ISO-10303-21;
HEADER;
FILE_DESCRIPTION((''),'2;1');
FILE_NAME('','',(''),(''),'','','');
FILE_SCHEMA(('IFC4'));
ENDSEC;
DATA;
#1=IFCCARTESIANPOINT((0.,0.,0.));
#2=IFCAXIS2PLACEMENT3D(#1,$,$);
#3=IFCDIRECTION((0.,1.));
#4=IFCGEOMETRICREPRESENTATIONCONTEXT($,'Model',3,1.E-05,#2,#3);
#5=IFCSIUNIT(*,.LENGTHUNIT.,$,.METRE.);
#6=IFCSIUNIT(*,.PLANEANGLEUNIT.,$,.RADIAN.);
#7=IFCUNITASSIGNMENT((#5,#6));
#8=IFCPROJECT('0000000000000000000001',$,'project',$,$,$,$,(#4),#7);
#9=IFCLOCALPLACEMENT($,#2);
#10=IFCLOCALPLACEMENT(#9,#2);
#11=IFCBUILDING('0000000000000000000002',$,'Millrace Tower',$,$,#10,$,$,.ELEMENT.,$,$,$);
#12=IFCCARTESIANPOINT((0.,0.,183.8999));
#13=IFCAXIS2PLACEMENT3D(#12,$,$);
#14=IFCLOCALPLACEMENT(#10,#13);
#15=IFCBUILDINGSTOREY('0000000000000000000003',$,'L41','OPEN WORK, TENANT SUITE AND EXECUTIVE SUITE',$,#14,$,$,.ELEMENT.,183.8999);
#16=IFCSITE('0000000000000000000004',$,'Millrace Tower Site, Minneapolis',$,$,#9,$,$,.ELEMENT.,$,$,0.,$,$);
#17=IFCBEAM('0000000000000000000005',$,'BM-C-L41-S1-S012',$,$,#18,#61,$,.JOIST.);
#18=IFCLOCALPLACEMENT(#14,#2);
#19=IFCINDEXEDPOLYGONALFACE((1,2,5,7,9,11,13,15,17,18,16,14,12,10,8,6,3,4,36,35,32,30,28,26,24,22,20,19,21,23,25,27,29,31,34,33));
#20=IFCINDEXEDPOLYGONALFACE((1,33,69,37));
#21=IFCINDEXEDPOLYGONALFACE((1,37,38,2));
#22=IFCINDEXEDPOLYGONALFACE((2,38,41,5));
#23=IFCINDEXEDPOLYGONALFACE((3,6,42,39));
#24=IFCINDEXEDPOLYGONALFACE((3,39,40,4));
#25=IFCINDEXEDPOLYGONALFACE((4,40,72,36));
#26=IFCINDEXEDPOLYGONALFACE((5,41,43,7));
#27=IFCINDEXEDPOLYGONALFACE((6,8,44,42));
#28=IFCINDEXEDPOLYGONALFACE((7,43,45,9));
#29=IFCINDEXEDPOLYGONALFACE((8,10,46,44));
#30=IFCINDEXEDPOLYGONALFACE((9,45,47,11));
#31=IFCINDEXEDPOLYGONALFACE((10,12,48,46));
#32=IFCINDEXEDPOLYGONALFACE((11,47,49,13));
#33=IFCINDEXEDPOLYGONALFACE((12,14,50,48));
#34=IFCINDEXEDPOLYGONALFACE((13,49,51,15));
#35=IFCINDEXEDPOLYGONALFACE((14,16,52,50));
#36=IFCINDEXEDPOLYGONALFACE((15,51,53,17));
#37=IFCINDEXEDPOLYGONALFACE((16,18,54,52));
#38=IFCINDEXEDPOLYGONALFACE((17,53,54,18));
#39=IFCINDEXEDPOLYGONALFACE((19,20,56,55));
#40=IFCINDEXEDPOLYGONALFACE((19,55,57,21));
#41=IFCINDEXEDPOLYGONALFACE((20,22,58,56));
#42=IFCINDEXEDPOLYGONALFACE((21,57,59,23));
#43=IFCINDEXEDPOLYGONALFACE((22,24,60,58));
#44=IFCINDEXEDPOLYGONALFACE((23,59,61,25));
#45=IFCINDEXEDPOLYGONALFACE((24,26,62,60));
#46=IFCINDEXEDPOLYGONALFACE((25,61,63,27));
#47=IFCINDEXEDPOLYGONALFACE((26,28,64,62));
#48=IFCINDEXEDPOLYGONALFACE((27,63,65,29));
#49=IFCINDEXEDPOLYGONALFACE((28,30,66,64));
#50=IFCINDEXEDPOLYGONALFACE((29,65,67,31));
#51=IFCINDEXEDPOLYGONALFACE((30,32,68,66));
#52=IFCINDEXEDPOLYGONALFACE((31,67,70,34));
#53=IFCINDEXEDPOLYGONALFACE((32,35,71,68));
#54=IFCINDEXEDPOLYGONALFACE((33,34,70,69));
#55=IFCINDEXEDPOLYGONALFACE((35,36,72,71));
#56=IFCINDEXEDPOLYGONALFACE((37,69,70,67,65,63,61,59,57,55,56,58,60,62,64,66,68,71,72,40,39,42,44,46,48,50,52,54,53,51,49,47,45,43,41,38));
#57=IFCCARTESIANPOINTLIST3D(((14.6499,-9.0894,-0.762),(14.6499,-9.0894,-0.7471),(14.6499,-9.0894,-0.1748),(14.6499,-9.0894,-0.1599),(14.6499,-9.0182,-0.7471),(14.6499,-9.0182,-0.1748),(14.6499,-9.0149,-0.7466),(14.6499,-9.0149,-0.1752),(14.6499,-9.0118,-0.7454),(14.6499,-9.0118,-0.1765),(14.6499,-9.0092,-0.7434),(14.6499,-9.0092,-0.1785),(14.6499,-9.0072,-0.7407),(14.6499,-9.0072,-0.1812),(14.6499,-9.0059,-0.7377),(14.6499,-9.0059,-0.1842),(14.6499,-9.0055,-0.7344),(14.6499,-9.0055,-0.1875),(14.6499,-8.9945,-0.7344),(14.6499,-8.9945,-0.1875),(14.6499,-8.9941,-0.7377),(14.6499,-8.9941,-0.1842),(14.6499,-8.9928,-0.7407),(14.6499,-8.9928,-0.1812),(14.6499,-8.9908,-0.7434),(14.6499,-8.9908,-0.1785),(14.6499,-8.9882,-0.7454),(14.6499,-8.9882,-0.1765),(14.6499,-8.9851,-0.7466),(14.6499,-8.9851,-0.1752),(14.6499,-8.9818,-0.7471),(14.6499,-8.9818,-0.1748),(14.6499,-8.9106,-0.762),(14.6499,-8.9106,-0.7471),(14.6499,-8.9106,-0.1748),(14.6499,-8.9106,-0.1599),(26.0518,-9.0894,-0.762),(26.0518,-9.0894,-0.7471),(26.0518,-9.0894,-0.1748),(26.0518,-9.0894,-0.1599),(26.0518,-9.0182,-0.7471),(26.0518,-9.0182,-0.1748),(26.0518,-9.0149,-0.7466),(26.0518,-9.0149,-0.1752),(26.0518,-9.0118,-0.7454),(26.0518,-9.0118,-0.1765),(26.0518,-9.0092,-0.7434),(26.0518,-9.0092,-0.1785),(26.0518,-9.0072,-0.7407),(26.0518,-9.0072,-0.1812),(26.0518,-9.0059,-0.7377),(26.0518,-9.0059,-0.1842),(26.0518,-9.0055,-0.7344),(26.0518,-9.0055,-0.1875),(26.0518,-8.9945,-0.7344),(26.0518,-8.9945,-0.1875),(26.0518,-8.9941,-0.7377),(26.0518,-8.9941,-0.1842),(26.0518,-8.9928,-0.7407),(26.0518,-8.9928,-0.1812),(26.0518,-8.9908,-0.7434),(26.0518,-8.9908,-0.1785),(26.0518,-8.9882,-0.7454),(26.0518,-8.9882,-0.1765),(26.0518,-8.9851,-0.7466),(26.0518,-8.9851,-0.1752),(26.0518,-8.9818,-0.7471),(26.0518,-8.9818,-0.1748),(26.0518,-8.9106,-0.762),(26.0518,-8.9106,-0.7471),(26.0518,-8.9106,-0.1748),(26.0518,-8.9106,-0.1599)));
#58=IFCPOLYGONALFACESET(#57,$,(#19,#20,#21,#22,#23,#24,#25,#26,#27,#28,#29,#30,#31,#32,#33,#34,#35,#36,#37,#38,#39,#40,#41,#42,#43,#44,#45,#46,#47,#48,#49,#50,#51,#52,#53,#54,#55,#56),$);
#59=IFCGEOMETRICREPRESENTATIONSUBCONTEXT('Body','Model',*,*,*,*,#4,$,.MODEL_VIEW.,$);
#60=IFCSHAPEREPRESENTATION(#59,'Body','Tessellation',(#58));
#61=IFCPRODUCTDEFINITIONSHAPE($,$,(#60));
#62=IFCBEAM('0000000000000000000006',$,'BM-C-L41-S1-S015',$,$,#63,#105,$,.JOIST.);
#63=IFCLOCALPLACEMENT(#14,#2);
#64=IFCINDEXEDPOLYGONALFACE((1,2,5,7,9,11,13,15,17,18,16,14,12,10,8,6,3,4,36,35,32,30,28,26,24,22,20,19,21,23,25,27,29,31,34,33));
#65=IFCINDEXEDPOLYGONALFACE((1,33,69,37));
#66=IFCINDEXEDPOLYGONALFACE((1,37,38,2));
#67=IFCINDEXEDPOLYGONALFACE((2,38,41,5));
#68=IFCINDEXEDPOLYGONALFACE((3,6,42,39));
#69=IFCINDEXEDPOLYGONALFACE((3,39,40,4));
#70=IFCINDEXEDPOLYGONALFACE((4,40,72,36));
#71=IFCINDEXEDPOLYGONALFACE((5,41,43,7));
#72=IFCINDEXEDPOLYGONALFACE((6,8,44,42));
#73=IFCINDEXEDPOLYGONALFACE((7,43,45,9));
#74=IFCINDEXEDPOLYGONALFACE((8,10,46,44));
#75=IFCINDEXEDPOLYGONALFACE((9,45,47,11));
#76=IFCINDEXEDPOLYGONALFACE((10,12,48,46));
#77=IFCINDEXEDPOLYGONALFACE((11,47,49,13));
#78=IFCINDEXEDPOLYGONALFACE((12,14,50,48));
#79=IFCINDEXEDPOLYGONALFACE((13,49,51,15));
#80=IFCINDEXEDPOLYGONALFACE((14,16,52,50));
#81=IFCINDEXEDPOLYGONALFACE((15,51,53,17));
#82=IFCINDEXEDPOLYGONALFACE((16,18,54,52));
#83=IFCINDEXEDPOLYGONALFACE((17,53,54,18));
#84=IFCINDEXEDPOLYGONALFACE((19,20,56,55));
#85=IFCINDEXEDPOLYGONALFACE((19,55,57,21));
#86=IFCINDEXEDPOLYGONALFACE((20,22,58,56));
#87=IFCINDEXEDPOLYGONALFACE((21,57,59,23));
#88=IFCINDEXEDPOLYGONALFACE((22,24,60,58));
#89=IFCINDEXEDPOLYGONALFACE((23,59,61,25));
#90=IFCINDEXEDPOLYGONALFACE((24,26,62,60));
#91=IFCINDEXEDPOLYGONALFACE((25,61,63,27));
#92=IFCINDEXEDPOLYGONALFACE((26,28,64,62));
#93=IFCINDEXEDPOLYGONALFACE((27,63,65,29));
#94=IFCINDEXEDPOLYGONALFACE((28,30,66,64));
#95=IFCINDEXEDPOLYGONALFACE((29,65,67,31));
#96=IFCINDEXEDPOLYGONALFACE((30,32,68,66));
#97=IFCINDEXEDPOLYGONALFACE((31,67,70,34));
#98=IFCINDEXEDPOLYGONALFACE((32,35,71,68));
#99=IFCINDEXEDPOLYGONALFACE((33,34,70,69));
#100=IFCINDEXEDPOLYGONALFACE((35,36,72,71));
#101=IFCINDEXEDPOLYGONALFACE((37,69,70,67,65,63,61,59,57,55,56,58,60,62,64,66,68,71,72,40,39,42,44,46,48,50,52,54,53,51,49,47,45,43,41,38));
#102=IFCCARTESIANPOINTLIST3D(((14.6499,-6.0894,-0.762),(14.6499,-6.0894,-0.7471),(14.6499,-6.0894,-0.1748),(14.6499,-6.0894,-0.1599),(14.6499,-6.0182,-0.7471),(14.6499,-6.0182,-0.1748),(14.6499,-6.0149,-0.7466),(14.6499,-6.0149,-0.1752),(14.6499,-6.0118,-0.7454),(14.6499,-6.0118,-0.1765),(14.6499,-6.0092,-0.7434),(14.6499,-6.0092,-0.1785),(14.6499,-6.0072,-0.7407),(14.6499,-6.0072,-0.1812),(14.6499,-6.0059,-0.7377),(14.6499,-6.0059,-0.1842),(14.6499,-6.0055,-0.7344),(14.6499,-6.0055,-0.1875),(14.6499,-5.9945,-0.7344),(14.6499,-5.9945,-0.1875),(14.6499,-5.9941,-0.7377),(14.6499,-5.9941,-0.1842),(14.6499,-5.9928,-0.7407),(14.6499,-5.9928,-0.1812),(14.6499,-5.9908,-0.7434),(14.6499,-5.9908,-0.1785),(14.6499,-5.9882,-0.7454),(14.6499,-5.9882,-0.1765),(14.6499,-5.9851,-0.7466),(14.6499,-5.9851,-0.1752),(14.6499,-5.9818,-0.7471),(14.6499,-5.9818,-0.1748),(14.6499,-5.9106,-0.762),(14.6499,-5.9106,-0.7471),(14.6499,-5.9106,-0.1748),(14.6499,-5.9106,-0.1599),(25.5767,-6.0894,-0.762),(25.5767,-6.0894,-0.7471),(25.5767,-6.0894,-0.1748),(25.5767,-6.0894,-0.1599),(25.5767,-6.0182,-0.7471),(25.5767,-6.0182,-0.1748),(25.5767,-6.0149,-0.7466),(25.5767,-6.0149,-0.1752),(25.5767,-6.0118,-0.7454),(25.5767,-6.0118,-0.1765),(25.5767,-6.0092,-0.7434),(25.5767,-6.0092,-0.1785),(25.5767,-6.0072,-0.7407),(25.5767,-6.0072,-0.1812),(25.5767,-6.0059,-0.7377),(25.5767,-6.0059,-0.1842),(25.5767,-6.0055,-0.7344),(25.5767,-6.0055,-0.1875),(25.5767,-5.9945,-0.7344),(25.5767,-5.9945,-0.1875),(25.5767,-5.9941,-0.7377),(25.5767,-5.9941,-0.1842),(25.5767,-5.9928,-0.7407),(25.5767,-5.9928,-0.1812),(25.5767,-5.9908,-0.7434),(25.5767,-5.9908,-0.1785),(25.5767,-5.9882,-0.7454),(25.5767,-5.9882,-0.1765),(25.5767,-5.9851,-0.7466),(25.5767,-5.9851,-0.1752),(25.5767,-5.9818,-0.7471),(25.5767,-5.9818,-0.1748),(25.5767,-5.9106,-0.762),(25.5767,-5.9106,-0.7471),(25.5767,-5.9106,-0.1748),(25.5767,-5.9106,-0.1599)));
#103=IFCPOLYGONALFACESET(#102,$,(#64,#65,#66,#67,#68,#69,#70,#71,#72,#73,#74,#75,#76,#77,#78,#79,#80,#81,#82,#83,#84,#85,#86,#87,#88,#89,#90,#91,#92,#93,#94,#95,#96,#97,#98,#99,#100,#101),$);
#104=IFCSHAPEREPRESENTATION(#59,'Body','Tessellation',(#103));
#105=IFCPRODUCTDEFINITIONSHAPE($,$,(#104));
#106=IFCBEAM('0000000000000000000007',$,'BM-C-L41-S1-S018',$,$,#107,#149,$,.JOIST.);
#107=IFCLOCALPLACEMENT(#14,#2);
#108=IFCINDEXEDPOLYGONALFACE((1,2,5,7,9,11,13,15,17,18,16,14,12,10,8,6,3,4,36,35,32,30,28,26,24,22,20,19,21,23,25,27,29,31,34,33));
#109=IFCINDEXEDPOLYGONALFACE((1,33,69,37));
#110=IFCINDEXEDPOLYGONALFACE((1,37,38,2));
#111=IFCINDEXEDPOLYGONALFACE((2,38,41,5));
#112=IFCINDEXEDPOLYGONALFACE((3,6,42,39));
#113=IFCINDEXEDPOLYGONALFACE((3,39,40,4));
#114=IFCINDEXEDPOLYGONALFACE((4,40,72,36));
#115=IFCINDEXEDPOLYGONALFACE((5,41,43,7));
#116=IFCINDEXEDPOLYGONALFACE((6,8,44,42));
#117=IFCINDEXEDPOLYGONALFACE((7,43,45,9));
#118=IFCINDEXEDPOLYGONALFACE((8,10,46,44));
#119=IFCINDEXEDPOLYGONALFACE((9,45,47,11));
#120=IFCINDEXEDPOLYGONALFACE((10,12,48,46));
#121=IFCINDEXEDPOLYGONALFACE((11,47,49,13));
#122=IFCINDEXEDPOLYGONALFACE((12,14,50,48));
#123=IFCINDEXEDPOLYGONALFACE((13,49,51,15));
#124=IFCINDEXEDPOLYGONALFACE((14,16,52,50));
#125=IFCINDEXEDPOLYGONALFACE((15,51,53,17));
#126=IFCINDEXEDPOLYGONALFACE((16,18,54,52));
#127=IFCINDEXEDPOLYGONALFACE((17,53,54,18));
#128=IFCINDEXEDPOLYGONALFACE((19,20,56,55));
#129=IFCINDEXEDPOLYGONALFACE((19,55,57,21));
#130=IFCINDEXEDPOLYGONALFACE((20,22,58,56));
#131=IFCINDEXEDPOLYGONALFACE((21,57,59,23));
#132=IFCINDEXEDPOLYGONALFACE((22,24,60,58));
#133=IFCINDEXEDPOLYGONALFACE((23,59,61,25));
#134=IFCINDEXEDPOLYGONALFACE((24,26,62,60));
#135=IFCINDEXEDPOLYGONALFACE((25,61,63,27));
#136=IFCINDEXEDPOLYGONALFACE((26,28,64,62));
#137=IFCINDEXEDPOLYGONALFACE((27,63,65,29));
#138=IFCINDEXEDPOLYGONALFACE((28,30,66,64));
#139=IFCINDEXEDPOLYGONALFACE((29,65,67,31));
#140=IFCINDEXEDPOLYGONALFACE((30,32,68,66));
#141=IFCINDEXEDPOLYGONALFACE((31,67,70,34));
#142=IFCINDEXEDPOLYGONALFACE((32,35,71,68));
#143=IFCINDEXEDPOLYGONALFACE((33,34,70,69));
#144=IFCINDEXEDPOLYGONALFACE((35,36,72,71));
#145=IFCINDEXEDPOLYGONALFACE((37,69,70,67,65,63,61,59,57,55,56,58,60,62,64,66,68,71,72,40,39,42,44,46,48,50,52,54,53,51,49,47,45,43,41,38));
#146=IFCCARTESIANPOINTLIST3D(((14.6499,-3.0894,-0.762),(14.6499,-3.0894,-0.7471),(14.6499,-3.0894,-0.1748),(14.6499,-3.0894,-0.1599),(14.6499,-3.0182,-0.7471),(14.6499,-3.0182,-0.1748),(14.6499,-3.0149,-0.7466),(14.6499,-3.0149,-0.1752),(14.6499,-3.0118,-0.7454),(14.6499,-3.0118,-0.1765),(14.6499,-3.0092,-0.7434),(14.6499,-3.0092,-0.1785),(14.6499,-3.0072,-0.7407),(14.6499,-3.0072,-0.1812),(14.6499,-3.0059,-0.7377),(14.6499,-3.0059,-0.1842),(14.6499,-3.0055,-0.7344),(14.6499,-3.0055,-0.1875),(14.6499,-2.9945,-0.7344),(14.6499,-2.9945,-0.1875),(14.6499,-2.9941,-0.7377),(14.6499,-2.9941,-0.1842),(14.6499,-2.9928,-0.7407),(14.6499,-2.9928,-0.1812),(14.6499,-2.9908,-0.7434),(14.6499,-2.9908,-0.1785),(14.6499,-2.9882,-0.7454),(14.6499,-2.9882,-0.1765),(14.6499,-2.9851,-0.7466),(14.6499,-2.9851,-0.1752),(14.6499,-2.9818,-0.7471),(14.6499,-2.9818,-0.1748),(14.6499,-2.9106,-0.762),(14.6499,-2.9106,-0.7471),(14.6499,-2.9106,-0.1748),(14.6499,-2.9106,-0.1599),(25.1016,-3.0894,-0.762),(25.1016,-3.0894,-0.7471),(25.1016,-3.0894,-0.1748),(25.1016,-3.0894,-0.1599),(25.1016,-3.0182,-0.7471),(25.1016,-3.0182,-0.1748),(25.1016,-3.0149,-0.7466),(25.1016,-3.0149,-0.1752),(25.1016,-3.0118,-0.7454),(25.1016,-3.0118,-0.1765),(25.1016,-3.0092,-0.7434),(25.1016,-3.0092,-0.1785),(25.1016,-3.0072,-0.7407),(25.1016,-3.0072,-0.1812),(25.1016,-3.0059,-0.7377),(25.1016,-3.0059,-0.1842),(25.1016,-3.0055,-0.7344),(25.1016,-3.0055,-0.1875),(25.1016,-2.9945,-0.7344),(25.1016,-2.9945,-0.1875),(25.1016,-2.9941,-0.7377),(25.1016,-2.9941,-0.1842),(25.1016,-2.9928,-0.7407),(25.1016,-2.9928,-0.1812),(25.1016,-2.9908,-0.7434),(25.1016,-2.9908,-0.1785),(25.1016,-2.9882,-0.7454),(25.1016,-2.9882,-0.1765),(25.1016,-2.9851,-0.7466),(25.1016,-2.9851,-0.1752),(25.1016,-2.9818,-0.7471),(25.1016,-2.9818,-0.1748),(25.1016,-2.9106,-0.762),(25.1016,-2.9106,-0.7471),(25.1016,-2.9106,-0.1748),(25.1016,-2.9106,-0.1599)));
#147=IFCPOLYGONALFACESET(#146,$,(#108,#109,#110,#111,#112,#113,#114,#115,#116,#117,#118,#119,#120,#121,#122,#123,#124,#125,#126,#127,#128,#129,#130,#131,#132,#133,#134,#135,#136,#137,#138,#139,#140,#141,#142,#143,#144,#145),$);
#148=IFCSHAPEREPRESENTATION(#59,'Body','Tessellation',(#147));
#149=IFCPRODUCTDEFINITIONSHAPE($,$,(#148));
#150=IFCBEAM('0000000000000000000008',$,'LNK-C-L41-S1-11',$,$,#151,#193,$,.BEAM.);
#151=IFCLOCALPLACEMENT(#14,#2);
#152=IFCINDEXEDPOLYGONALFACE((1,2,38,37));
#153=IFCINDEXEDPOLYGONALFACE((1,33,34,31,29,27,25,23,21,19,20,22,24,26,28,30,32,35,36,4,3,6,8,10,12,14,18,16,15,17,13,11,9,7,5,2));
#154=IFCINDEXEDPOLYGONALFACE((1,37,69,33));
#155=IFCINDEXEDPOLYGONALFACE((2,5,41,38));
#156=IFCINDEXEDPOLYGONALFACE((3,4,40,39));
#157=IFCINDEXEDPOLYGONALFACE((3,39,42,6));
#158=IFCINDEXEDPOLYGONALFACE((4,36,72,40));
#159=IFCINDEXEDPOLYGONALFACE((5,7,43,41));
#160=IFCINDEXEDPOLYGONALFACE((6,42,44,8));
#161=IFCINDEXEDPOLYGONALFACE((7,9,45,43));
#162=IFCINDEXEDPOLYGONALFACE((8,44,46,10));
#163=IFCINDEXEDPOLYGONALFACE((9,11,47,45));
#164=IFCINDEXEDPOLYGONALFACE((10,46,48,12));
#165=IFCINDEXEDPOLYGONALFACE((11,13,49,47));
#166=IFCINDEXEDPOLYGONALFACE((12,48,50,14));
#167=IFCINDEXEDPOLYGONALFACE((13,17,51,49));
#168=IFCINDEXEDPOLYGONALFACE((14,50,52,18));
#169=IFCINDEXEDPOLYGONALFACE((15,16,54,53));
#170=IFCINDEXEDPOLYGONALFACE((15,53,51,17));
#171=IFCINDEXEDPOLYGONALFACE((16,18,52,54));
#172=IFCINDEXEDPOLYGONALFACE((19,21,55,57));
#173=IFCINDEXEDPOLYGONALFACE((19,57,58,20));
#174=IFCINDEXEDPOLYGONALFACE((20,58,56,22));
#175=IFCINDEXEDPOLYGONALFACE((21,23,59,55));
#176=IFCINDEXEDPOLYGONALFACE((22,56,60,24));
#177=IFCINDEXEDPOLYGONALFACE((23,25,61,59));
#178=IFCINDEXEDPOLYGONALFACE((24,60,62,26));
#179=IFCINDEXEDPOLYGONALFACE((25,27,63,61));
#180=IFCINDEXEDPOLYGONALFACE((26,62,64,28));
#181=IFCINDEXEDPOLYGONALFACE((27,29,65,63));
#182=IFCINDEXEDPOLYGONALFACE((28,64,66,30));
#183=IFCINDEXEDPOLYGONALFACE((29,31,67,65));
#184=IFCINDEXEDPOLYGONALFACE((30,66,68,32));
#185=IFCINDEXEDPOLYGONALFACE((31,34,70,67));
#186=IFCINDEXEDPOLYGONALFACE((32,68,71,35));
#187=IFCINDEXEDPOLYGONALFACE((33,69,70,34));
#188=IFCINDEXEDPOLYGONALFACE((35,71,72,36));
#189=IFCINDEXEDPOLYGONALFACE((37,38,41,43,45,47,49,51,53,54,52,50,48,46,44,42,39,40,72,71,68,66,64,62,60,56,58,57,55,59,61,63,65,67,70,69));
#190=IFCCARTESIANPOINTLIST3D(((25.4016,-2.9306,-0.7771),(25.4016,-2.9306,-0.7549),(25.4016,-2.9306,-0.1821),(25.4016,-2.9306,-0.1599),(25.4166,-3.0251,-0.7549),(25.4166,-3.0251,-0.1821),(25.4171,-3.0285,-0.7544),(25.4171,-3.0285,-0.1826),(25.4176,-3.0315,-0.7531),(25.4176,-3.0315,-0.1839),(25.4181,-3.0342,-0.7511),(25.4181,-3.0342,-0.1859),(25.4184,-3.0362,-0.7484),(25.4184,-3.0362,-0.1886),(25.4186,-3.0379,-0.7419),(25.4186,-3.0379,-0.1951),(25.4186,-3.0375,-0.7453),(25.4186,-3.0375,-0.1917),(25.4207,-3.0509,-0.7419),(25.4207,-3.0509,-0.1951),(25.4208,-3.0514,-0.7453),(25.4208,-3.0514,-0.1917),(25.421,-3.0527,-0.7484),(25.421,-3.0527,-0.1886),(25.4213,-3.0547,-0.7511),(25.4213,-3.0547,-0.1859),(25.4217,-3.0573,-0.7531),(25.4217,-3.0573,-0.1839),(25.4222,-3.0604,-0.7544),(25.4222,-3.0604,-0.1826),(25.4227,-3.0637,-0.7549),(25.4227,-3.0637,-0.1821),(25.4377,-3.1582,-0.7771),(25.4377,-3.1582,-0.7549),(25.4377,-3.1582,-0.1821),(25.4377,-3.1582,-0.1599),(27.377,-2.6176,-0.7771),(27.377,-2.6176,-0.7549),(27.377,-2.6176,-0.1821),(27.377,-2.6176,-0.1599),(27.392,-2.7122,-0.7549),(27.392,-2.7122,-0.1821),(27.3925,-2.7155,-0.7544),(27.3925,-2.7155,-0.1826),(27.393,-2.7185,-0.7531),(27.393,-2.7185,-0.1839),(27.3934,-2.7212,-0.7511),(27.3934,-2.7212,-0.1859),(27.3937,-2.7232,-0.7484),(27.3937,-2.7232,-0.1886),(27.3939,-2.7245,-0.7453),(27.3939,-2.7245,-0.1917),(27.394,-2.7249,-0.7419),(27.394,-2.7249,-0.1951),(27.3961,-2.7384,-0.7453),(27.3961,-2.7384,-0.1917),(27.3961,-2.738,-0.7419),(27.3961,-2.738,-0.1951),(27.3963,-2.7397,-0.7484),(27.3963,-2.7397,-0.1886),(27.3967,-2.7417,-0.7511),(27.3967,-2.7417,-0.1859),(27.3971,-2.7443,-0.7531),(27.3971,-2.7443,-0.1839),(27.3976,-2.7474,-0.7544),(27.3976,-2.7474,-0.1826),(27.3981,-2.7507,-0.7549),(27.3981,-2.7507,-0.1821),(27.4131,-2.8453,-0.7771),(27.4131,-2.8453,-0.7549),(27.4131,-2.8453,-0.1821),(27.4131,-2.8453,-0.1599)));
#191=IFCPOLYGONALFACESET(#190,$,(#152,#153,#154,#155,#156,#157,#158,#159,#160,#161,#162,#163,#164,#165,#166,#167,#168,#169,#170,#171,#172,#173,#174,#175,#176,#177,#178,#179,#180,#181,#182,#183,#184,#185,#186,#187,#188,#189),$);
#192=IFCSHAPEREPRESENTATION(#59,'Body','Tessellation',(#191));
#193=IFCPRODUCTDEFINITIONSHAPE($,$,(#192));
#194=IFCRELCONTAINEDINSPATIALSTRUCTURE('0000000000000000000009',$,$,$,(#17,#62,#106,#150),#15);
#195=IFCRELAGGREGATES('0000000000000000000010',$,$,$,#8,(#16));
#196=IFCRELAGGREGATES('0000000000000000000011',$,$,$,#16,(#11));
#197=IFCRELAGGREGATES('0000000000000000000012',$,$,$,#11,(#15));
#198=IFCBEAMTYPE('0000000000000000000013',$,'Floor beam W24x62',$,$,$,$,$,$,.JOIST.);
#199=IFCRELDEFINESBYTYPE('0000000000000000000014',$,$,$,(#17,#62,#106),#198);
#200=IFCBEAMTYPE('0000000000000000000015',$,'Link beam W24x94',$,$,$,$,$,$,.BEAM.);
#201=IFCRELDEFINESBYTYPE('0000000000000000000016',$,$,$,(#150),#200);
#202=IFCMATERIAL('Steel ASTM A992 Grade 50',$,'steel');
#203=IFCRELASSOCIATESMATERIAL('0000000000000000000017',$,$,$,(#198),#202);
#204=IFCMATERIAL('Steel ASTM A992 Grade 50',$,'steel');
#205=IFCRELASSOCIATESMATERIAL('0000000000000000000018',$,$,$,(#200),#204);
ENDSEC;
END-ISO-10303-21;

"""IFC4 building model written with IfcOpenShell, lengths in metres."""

from ifc_helpers import new_model, si_unit, direction, frame, origin, origin_2d, place, context, subcontext, project, spatial, i_section, extrude, material, material_profile, profile_set, type_object, element, save


model = new_model("IFC4")

# Units and contexts
model_context = context("Model", 3, precision=1e-05, world=origin(), true_north=direction((0.0, 1.0)))
body_context = subcontext(model_context, "Body", "Model", "MODEL_VIEW")
ifc_project = project(units=[si_unit("LENGTHUNIT", "METRE"), si_unit("PLANEANGLEUNIT", "RADIAN")], contexts=[model_context])

# Site, building, storey
site_placement = place(None, origin())
site = spatial("IfcSite", under=ifc_project, at=site_placement, Name="Millrace Tower Site, Minneapolis", CompositionType="ELEMENT", RefElevation=0.0)
building_placement = place(site_placement, origin())
building = spatial("IfcBuilding", under=site, at=building_placement, Name="Millrace Tower", CompositionType="ELEMENT")
storey_placement = place(building_placement, frame((0.0, 0.0, 183.8999)))
storey = spatial("IfcBuildingStorey", under=building, at=storey_placement, Name="L41", Description="OPEN WORK, TENANT SUITE AND EXECUTIVE SUITE", CompositionType="ELEMENT", Elevation=183.8999)

# Beams
ifc_material_1 = material(Name="Steel ASTM A992 Grade 50", Category="steel")
ifc_material_profile_1 = material_profile(ifc_material_1, i_section(OverallWidth=0.1787, OverallDepth=0.6021, WebThickness=0.011, FlangeThickness=0.0149, FilletRadius=0.0127, at=origin_2d()))
ifc_profile_set_1 = profile_set([ifc_material_profile_1], Name="Steel ASTM A992 Grade 50")
beam_type_1 = type_object("IfcBeamType", Name="Floor beam W24x62", PredefinedType="JOIST", material=ifc_profile_set_1)
beam_1_placement = place(storey_placement, frame((14.6499, -9.0, -0.4609), z_axis=(1.0, 0.0, 0.0), x_axis=(0.0, 1.0, 0.0)))
element("IfcBeam", 1, at=beam_1_placement, inside=storey, type_object=beam_type_1, Name="BM-C-L41-S1-S012", PredefinedType="JOIST", context=body_context, shape_type="SweptSolid", body=[
    extrude(i_section(OverallWidth=0.1787, OverallDepth=0.6021, WebThickness=0.011, FlangeThickness=0.0149, FilletRadius=0.0127, at=origin_2d()), origin(), (0.0, 0.0, 1.0), 11.4019),
])
beam_2_placement = place(storey_placement, frame((14.6499, -6.0, -0.4609), z_axis=(1.0, 0.0, 0.0), x_axis=(0.0, 1.0, 0.0)))
element("IfcBeam", 2, at=beam_2_placement, inside=storey, type_object=beam_type_1, Name="BM-C-L41-S1-S015", PredefinedType="JOIST", context=body_context, shape_type="SweptSolid", body=[
    extrude(i_section(OverallWidth=0.1787, OverallDepth=0.6021, WebThickness=0.011, FlangeThickness=0.0149, FilletRadius=0.0127, at=origin_2d()), origin(), (0.0, 0.0, 1.0), 10.9268),
])
beam_3_placement = place(storey_placement, frame((14.6499, -3.0, -0.4609), z_axis=(1.0, 0.0, 0.0), x_axis=(0.0, 1.0, 0.0)))
element("IfcBeam", 3, at=beam_3_placement, inside=storey, type_object=beam_type_1, Name="BM-C-L41-S1-S018", PredefinedType="JOIST", context=body_context, shape_type="SweptSolid", body=[
    extrude(i_section(OverallWidth=0.1787, OverallDepth=0.6021, WebThickness=0.011, FlangeThickness=0.0149, FilletRadius=0.0127, at=origin_2d()), origin(), (0.0, 0.0, 1.0), 10.4517),
])
ifc_material_2 = material(Name="Steel ASTM A992 Grade 50", Category="steel")
ifc_material_profile_2 = material_profile(ifc_material_2, i_section(OverallWidth=0.2305, OverallDepth=0.6172, WebThickness=0.0132, FlangeThickness=0.0222, FilletRadius=0.0129, at=origin_2d()))
ifc_profile_set_2 = profile_set([ifc_material_profile_2], Name="Steel ASTM A992 Grade 50")
beam_type_2 = type_object("IfcBeamType", Name="Link beam W24x94", PredefinedType="BEAM", material=ifc_profile_set_2)
beam_4_placement = place(storey_placement, frame((25.4197, -3.0444, -0.4685), z_axis=(0.987679, 0.156495, 0.0), x_axis=(-0.156495, 0.987679, 0.0)))
element("IfcBeam", 4, at=beam_4_placement, inside=storey, type_object=beam_type_2, Name="LNK-C-L41-S1-11", PredefinedType="BEAM", context=body_context, shape_type="SweptSolid", body=[
    extrude(i_section(OverallWidth=0.2305, OverallDepth=0.6172, WebThickness=0.0132, FlangeThickness=0.0222, FilletRadius=0.0129, at=origin_2d()), origin(), (0.0, 0.0, 1.0), 2.0),
])

save(model, "model.ifc")
